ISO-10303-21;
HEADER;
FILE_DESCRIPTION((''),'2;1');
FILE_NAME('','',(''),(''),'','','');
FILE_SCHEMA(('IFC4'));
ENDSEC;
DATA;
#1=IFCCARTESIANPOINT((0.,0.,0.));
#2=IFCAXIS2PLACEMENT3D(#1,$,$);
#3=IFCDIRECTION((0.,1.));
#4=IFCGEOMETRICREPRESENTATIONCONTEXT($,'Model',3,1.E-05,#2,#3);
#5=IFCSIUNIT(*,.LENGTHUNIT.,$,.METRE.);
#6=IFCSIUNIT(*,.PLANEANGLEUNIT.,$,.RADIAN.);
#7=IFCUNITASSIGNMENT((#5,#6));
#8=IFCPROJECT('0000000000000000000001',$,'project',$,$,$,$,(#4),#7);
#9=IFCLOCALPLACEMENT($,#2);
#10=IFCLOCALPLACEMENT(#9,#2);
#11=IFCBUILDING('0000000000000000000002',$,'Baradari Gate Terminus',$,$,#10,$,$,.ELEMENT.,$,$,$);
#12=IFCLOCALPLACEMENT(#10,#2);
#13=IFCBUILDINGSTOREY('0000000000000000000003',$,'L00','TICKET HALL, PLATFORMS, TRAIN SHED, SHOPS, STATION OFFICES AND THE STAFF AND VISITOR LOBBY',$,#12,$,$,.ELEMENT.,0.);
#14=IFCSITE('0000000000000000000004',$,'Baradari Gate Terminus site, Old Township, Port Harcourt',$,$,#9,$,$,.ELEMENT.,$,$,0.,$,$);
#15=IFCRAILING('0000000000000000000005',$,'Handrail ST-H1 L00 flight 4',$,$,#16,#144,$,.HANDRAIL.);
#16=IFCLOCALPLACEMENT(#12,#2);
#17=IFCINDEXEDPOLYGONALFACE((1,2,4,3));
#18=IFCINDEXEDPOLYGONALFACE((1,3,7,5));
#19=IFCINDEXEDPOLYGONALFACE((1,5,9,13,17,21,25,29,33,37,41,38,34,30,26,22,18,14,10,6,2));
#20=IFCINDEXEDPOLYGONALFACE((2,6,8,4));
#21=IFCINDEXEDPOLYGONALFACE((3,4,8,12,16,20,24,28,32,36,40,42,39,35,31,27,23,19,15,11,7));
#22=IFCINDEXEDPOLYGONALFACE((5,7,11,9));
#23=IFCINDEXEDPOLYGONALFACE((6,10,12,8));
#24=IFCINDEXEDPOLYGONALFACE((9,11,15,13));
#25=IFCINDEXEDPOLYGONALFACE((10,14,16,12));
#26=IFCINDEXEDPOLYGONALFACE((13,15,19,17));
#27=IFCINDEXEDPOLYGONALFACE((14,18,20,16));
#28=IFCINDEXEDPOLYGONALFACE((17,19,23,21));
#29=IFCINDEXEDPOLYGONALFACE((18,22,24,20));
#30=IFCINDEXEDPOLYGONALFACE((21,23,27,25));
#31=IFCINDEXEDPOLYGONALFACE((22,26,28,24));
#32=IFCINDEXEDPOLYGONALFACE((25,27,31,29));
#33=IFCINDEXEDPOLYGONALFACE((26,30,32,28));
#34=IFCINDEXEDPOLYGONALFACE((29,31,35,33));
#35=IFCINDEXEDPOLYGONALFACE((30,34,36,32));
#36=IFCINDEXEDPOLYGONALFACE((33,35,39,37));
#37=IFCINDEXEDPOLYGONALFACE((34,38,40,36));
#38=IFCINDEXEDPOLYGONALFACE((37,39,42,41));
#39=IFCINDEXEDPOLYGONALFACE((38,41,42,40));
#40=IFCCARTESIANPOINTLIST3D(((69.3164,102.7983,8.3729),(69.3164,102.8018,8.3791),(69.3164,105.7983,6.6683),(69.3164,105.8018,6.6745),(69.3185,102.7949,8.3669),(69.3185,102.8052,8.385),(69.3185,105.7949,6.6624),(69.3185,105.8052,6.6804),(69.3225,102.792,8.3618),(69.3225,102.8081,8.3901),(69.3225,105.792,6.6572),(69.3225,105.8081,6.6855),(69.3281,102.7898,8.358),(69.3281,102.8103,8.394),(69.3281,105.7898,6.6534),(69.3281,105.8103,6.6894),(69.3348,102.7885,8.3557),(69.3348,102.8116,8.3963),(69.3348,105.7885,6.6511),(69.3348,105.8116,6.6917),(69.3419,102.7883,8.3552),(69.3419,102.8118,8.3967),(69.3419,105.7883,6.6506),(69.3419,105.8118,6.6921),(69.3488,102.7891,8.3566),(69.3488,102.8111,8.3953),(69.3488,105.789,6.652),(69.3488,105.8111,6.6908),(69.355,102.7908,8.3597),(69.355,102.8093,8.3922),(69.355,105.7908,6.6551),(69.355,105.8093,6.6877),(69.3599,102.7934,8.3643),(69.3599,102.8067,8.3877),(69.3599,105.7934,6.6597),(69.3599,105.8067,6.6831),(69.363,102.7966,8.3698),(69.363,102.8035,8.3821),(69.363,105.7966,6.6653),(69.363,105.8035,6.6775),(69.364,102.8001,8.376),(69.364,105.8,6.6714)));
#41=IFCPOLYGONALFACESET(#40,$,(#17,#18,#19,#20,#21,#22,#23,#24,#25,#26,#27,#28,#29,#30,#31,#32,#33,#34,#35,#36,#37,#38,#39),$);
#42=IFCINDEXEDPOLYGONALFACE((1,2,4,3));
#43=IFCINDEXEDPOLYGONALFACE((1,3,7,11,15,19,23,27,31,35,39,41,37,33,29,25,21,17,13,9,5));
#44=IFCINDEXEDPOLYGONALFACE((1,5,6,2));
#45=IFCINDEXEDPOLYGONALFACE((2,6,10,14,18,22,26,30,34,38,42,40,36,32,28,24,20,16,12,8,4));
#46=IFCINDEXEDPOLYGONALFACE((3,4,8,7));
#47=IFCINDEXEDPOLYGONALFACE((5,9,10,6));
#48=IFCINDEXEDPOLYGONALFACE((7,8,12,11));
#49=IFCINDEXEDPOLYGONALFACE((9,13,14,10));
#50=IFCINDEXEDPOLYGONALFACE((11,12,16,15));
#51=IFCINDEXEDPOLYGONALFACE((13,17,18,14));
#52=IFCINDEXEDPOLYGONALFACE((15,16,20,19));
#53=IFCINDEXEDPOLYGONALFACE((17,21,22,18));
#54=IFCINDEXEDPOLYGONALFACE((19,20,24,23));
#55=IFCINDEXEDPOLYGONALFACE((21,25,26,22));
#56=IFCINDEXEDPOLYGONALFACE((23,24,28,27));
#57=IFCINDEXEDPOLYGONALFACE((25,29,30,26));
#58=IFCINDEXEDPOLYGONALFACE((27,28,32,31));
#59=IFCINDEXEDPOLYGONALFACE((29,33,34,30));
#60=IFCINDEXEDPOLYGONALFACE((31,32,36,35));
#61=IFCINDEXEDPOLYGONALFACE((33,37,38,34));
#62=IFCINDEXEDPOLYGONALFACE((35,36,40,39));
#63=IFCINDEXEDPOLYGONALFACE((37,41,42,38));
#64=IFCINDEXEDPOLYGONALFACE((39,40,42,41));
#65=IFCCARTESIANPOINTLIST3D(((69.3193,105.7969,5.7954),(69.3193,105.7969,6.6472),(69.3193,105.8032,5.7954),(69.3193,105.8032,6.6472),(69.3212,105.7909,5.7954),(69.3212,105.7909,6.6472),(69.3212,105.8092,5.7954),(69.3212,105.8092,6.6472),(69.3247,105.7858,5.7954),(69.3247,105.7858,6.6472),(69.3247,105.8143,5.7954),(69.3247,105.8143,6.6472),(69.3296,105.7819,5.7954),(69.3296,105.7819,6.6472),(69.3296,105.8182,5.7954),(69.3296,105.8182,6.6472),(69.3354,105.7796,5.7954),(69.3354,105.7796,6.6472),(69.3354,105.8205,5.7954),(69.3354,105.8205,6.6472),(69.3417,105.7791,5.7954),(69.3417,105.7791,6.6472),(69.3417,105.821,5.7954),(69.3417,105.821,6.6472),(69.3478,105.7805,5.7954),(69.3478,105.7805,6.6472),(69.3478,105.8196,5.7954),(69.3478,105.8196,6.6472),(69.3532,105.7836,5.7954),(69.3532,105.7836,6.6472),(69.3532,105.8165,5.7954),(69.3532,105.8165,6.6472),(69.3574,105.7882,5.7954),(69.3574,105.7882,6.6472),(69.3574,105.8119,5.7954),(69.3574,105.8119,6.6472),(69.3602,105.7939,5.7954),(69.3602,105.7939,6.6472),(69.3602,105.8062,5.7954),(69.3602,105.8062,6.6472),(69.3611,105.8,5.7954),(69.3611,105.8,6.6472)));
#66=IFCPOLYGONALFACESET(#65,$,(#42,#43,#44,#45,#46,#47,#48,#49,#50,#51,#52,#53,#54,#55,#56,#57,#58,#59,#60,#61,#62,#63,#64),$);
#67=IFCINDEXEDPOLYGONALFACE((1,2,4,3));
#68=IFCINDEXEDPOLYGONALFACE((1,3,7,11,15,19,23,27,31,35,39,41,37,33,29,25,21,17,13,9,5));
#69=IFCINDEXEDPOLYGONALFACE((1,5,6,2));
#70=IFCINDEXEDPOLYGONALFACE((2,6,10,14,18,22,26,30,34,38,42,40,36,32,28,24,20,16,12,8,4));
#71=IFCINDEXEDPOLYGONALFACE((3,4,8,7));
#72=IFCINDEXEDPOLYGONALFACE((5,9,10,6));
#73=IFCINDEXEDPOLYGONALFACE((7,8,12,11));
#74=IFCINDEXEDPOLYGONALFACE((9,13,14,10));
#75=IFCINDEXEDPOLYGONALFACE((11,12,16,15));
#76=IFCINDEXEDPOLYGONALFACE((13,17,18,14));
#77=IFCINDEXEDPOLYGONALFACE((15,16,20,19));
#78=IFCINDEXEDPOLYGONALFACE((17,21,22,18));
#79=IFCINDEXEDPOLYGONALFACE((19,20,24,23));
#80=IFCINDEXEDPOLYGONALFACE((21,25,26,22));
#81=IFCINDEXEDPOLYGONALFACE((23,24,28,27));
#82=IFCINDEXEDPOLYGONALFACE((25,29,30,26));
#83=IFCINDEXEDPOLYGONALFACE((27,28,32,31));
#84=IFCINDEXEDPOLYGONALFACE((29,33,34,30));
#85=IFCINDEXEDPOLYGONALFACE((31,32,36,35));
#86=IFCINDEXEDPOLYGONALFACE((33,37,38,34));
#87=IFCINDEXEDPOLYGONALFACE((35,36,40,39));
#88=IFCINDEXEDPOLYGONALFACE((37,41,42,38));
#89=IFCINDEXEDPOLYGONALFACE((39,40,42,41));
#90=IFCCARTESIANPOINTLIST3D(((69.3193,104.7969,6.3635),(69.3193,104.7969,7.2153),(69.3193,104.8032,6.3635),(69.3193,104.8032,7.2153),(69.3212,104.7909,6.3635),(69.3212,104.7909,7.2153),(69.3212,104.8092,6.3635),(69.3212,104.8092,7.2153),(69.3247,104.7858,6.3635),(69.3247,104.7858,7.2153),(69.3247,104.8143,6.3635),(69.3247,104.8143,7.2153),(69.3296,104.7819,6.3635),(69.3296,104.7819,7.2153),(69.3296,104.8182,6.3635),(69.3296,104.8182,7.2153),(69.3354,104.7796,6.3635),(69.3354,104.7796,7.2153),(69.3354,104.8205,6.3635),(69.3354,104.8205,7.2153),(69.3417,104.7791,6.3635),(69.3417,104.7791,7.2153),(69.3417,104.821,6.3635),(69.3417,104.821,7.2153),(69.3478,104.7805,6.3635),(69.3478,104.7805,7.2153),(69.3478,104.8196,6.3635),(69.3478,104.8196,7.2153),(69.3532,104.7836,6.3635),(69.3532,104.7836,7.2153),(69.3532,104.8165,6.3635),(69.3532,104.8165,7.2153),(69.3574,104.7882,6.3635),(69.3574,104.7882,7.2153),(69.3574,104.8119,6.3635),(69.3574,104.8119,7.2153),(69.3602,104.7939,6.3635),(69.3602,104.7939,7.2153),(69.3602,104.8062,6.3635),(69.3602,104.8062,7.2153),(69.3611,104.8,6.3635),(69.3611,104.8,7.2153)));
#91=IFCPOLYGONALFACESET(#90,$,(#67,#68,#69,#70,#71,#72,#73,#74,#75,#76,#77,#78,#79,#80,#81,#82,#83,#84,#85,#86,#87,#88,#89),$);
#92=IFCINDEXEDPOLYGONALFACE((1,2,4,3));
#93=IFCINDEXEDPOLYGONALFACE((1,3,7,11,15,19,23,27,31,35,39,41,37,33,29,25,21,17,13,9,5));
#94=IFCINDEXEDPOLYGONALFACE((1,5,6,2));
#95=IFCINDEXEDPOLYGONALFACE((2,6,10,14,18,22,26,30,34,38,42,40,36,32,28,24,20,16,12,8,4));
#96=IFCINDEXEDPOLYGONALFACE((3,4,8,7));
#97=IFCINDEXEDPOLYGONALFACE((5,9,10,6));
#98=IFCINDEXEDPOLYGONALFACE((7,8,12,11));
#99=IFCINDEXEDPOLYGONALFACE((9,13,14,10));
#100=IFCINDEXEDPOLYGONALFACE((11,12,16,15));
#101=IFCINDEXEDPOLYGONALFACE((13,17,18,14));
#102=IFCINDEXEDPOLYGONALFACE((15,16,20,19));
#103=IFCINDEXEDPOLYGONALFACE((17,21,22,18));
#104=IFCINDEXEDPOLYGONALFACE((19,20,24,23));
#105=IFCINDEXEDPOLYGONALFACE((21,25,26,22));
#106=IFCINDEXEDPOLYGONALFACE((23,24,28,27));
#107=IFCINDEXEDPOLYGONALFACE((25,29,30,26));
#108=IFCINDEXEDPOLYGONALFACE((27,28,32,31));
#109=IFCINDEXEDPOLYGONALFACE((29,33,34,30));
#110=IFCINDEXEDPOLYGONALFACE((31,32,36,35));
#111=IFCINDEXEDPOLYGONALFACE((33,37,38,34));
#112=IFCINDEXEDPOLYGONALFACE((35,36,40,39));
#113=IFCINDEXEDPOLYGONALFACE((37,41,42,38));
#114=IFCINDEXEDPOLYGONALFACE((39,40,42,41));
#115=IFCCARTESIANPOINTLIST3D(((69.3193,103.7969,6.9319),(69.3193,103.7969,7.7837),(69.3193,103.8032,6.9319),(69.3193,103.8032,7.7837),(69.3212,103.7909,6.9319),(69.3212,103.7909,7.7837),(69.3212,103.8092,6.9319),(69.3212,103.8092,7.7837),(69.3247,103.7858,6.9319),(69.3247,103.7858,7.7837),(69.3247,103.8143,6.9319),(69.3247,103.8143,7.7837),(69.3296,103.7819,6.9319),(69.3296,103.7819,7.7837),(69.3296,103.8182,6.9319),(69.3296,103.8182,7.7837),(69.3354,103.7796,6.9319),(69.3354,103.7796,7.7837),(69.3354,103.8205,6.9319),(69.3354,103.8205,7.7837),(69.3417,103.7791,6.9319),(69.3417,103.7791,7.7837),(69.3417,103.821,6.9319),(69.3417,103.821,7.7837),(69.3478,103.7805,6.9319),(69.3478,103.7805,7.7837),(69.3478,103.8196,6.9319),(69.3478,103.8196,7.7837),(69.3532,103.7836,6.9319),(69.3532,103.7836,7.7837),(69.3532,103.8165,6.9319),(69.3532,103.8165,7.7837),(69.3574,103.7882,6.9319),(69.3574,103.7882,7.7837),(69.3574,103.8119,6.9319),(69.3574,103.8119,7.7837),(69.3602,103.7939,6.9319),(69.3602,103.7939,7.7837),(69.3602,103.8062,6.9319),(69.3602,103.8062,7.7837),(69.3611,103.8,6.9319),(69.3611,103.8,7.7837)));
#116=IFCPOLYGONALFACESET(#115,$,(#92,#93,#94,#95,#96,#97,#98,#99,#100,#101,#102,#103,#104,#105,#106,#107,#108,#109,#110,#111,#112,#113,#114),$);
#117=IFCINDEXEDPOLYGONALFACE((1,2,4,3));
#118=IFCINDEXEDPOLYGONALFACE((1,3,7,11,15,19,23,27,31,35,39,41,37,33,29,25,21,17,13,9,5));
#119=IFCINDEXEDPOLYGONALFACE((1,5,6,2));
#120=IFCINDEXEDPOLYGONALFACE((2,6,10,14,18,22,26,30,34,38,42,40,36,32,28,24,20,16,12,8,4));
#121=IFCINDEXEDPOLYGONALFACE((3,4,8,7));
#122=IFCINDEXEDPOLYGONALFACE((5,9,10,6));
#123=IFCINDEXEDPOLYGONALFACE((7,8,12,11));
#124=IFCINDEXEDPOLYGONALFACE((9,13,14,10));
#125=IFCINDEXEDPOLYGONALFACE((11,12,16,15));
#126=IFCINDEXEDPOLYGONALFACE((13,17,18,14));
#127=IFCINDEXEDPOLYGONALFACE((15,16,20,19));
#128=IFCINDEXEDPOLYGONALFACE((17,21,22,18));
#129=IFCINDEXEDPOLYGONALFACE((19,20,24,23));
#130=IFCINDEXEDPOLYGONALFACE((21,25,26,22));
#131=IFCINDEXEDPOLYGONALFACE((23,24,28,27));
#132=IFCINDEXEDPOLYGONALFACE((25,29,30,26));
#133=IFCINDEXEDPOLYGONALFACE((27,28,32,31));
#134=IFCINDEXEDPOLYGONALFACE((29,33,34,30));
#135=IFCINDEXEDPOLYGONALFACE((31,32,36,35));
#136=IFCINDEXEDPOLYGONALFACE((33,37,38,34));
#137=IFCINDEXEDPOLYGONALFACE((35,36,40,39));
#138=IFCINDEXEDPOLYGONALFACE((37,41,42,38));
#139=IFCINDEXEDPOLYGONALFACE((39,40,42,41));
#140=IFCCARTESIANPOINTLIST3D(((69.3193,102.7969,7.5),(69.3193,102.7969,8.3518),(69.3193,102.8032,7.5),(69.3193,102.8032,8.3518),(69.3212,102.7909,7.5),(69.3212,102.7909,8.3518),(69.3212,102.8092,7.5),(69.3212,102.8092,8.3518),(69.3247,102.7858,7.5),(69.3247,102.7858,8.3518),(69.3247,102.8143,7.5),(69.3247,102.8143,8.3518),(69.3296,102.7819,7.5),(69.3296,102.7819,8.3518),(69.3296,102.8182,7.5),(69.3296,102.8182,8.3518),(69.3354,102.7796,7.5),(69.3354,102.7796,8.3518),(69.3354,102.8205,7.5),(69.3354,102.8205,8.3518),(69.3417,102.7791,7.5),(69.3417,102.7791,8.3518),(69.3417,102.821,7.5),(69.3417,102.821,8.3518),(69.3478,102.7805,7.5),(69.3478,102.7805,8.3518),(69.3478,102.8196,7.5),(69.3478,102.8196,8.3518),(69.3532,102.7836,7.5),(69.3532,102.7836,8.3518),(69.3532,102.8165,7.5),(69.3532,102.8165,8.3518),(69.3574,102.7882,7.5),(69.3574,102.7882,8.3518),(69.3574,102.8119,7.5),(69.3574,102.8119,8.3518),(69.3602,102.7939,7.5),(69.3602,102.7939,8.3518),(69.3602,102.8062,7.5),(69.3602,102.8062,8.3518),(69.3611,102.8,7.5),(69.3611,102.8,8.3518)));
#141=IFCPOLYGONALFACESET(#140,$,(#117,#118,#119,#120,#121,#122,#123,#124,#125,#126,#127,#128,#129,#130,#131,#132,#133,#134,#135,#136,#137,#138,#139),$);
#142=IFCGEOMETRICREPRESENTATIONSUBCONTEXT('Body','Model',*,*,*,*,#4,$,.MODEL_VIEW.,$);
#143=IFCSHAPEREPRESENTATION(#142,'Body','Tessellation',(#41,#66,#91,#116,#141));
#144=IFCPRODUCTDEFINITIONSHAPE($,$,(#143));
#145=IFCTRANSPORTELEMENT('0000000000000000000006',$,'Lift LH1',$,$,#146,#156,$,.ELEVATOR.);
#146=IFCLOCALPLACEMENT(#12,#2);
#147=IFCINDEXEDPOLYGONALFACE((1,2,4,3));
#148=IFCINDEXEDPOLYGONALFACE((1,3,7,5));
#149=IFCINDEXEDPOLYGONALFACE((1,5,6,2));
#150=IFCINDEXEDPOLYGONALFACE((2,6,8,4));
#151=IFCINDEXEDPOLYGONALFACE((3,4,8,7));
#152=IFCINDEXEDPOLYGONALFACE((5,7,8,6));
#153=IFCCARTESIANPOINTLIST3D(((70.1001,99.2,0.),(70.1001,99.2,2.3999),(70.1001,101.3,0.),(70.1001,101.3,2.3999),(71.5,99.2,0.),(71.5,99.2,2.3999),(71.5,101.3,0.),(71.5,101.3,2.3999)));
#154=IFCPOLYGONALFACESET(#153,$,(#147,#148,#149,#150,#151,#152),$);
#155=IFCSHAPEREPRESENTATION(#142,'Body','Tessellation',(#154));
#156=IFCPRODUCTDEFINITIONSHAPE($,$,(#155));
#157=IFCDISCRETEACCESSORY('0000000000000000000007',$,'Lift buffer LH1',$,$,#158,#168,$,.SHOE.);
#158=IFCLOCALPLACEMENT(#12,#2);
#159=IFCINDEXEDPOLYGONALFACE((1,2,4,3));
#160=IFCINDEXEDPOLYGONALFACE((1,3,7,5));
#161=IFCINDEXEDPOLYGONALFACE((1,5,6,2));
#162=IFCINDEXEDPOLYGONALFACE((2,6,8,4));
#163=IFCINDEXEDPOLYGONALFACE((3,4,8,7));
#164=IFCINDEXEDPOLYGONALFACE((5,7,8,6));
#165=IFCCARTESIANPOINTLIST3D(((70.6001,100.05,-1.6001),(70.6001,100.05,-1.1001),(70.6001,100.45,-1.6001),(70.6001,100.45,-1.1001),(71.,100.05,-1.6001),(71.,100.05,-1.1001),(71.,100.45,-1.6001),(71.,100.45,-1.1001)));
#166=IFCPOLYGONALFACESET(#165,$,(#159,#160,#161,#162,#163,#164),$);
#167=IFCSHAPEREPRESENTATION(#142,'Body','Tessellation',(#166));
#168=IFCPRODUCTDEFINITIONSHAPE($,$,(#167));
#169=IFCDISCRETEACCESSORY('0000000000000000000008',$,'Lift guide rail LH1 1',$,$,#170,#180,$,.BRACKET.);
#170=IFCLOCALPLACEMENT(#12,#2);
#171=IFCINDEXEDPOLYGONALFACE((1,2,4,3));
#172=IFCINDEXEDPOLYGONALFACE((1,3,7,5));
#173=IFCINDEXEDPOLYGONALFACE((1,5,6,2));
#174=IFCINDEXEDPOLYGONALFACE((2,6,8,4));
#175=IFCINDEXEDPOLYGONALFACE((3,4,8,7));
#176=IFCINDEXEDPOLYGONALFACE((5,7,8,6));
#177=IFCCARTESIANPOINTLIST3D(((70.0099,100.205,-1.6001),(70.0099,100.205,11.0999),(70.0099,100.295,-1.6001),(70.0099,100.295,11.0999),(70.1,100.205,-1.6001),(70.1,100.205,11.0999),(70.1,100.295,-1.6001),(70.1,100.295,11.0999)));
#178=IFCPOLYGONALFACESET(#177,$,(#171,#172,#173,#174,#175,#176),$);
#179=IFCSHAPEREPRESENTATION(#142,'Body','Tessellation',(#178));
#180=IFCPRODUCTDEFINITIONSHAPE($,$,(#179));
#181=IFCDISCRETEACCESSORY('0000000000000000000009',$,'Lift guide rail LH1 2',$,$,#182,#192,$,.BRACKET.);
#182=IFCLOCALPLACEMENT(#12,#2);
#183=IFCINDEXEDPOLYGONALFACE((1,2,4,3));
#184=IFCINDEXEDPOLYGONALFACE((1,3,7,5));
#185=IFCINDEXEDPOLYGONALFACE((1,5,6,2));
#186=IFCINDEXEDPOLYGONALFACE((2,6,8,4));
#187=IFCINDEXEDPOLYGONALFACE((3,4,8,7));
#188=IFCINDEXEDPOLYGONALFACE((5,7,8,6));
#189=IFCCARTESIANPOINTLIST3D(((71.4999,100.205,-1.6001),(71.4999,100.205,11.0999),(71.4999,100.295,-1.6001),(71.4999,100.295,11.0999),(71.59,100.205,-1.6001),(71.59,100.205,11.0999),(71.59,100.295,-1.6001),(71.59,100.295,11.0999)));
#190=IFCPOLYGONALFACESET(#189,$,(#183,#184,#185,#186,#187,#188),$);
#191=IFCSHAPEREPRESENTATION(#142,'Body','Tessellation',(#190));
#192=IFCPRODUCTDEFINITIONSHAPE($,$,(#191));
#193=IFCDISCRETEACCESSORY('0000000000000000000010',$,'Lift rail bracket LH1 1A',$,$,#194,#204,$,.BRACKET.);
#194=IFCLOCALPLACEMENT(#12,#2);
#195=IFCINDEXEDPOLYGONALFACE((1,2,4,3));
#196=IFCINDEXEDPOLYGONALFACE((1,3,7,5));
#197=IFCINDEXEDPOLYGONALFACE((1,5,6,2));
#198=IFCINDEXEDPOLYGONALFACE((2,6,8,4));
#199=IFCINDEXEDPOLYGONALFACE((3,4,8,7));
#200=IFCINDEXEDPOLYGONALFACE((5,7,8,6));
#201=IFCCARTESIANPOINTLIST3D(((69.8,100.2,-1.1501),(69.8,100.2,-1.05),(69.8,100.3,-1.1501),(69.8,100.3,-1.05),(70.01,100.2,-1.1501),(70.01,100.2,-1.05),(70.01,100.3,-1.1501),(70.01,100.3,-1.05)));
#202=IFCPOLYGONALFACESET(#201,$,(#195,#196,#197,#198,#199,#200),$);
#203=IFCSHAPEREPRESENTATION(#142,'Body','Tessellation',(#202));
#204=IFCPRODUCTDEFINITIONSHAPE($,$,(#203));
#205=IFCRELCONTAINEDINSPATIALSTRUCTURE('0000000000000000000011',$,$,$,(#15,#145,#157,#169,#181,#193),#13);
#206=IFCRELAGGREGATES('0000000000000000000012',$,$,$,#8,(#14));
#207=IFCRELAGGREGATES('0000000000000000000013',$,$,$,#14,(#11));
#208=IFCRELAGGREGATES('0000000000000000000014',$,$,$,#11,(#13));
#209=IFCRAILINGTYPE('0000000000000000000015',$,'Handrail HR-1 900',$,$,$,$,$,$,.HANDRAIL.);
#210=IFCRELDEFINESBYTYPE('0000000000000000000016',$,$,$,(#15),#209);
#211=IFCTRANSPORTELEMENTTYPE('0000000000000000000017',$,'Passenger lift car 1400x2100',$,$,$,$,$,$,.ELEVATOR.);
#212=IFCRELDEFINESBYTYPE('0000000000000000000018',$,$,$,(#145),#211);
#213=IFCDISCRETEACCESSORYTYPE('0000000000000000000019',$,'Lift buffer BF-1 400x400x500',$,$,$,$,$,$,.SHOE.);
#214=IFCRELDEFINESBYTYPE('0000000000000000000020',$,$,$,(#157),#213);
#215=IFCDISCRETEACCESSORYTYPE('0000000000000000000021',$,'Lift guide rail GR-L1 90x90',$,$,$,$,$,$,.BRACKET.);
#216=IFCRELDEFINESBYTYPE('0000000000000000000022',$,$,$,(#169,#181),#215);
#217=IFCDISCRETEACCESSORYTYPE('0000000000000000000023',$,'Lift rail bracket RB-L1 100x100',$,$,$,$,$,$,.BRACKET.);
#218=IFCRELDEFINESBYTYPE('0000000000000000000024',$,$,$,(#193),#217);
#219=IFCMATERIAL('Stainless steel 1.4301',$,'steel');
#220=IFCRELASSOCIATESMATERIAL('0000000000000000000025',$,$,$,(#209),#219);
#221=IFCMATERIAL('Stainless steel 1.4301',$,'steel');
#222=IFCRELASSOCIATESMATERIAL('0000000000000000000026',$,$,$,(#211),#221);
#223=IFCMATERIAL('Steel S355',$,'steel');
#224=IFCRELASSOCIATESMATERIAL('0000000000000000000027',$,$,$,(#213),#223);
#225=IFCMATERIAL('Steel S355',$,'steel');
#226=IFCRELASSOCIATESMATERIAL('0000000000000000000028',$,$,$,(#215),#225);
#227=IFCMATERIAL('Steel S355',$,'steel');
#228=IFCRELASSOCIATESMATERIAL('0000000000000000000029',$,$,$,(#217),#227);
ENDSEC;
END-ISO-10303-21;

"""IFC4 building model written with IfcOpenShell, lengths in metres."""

from ifc_helpers import new_model, si_unit, direction, frame, origin, origin_2d, place, context, subcontext, project, spatial, rectangle, circle, extrude, material, type_object, element, save


model = new_model("IFC4")

# Units and contexts
model_context = context("Model", 3, precision=1e-05, world=origin(), true_north=direction((0.0, 1.0)))
body_context = subcontext(model_context, "Body", "Model", "MODEL_VIEW")
ifc_project = project(units=[si_unit("LENGTHUNIT", "METRE"), si_unit("PLANEANGLEUNIT", "RADIAN")], contexts=[model_context])

# Site, building, storey
site_placement = place(None, origin())
site = spatial("IfcSite", under=ifc_project, at=site_placement, Name="Baradari Gate Terminus site, Old Township, Port Harcourt", CompositionType="ELEMENT", RefElevation=0.0)
building_placement = place(site_placement, origin())
building = spatial("IfcBuilding", under=site, at=building_placement, Name="Baradari Gate Terminus", CompositionType="ELEMENT")
storey_placement = place(building_placement, origin())
storey = spatial("IfcBuildingStorey", under=building, at=storey_placement, Name="L00", Description="TICKET HALL, PLATFORMS, TRAIN SHED, SHOPS, STATION OFFICES AND THE STAFF AND VISITOR LOBBY", CompositionType="ELEMENT", Elevation=0.0)

# Railing
ifc_material_1 = material(Name="Stainless steel 1.4301", Category="steel")
railing_type_1 = type_object("IfcRailingType", Name="Handrail HR-1 900", PredefinedType="HANDRAIL", material=ifc_material_1)
for number, where, name in (
    (1, (69.3401, 105.8, 5.7954), "Handrail ST-H1 L00 flight 4"),
):
    element("IfcRailing", number, at=place(storey_placement, frame(where)), inside=storey, type_object=railing_type_1, Name=name, PredefinedType="HANDRAIL", context=body_context, shape_type="SweptSolid", body=[
        extrude(circle(Radius=0.0239, at=origin_2d()), frame((0.0, 0.0, 0.876), z_axis=(0.0, -0.869451, 0.494019), x_axis=(1.0, 0.0, 0.0)), (0.0, 0.0, 1.0), 3.4504),
        extrude(circle(Radius=0.021, at=origin_2d()), origin(), (0.0, 0.0, 1.0), 0.8518),
        extrude(circle(Radius=0.021, at=origin_2d()), frame((0.0, -1.0, 0.5681)), (0.0, 0.0, 1.0), 0.8518),
        extrude(circle(Radius=0.021, at=origin_2d()), frame((0.0, -2.0, 1.1365)), (0.0, 0.0, 1.0), 0.8518),
        extrude(circle(Radius=0.021, at=origin_2d()), frame((0.0, -3.0, 1.7046)), (0.0, 0.0, 1.0), 0.8518),
    ])

# Transport element
ifc_material_2 = material(Name="Stainless steel 1.4301", Category="steel")
transport_element_type = type_object("IfcTransportElementType", Name="Passenger lift car 1400x2100", PredefinedType="ELEVATOR", material=ifc_material_2)
transport_element_placement = place(storey_placement, frame((70.8, 100.25, 0.0), z_axis=(0.0, 0.0, 1.0), x_axis=(1.0, 0.0, 0.0)))
element("IfcTransportElement", 2, at=transport_element_placement, inside=storey, type_object=transport_element_type, Name="Lift LH1", PredefinedType="ELEVATOR", context=body_context, shape_type="SweptSolid", body=[
    extrude(rectangle(XDim=1.3999, YDim=2.1001, at=origin_2d()), origin(), (0.0, 0.0, 1.0), 2.3999),
])

# Discrete accessories
ifc_material_3 = material(Name="Steel S355", Category="steel")
discrete_accessory_type_1 = type_object("IfcDiscreteAccessoryType", Name="Lift buffer BF-1 400x400x500", PredefinedType="SHOE", material=ifc_material_3)
discrete_accessory_placement = place(storey_placement, frame((70.8, 100.25, -1.6001), z_axis=(0.0, 0.0, 1.0), x_axis=(1.0, 0.0, 0.0)))
element("IfcDiscreteAccessory", 3, at=discrete_accessory_placement, inside=storey, type_object=discrete_accessory_type_1, Name="Lift buffer LH1", PredefinedType="SHOE", context=body_context, shape_type="SweptSolid", body=[
    extrude(rectangle(XDim=0.3999, YDim=0.3999, at=origin_2d()), origin(), (0.0, 0.0, 1.0), 0.5),
])
ifc_material_4 = material(Name="Steel S355", Category="steel")
discrete_accessory_type_2 = type_object("IfcDiscreteAccessoryType", Name="Lift guide rail GR-L1 90x90", PredefinedType="BRACKET", material=ifc_material_4)
for number, where, z_axis, x_axis, name in (
    (4, (70.0549, 100.25, -1.6001), (0.0, 0.0, 1.0), (1.0, 0.0, 0.0), "Lift guide rail LH1 1"),
    (5, (71.5449, 100.25, -1.6001), (0.0, 0.0, 1.0), (1.0, 0.0, 0.0), "Lift guide rail LH1 2"),
):
    element("IfcDiscreteAccessory", number, at=place(storey_placement, frame(where, z_axis=z_axis, x_axis=x_axis)), inside=storey, type_object=discrete_accessory_type_2, Name=name, PredefinedType="BRACKET", context=body_context, shape_type="SweptSolid", body=[
        extrude(rectangle(XDim=0.0901, YDim=0.0901, at=origin_2d()), origin(), (0.0, 0.0, 1.0), 12.7),
    ])
ifc_material_5 = material(Name="Steel S355", Category="steel")
discrete_accessory_type_3 = type_object("IfcDiscreteAccessoryType", Name="Lift rail bracket RB-L1 100x100", PredefinedType="BRACKET", material=ifc_material_5)
for number, where, z_axis, x_axis, name in (
    (6, (69.905, 100.25, -1.1501), (0.0, 0.0, 1.0), (1.0, 0.0, 0.0), "Lift rail bracket LH1 1A"),
):
    element("IfcDiscreteAccessory", number, at=place(storey_placement, frame(where, z_axis=z_axis, x_axis=x_axis)), inside=storey, type_object=discrete_accessory_type_3, Name=name, PredefinedType="BRACKET", context=body_context, shape_type="SweptSolid", body=[
        extrude(rectangle(XDim=0.21, YDim=0.1001, at=origin_2d()), origin(), (0.0, 0.0, 1.0), 0.1001),
    ])

save(model, "model.ifc")
